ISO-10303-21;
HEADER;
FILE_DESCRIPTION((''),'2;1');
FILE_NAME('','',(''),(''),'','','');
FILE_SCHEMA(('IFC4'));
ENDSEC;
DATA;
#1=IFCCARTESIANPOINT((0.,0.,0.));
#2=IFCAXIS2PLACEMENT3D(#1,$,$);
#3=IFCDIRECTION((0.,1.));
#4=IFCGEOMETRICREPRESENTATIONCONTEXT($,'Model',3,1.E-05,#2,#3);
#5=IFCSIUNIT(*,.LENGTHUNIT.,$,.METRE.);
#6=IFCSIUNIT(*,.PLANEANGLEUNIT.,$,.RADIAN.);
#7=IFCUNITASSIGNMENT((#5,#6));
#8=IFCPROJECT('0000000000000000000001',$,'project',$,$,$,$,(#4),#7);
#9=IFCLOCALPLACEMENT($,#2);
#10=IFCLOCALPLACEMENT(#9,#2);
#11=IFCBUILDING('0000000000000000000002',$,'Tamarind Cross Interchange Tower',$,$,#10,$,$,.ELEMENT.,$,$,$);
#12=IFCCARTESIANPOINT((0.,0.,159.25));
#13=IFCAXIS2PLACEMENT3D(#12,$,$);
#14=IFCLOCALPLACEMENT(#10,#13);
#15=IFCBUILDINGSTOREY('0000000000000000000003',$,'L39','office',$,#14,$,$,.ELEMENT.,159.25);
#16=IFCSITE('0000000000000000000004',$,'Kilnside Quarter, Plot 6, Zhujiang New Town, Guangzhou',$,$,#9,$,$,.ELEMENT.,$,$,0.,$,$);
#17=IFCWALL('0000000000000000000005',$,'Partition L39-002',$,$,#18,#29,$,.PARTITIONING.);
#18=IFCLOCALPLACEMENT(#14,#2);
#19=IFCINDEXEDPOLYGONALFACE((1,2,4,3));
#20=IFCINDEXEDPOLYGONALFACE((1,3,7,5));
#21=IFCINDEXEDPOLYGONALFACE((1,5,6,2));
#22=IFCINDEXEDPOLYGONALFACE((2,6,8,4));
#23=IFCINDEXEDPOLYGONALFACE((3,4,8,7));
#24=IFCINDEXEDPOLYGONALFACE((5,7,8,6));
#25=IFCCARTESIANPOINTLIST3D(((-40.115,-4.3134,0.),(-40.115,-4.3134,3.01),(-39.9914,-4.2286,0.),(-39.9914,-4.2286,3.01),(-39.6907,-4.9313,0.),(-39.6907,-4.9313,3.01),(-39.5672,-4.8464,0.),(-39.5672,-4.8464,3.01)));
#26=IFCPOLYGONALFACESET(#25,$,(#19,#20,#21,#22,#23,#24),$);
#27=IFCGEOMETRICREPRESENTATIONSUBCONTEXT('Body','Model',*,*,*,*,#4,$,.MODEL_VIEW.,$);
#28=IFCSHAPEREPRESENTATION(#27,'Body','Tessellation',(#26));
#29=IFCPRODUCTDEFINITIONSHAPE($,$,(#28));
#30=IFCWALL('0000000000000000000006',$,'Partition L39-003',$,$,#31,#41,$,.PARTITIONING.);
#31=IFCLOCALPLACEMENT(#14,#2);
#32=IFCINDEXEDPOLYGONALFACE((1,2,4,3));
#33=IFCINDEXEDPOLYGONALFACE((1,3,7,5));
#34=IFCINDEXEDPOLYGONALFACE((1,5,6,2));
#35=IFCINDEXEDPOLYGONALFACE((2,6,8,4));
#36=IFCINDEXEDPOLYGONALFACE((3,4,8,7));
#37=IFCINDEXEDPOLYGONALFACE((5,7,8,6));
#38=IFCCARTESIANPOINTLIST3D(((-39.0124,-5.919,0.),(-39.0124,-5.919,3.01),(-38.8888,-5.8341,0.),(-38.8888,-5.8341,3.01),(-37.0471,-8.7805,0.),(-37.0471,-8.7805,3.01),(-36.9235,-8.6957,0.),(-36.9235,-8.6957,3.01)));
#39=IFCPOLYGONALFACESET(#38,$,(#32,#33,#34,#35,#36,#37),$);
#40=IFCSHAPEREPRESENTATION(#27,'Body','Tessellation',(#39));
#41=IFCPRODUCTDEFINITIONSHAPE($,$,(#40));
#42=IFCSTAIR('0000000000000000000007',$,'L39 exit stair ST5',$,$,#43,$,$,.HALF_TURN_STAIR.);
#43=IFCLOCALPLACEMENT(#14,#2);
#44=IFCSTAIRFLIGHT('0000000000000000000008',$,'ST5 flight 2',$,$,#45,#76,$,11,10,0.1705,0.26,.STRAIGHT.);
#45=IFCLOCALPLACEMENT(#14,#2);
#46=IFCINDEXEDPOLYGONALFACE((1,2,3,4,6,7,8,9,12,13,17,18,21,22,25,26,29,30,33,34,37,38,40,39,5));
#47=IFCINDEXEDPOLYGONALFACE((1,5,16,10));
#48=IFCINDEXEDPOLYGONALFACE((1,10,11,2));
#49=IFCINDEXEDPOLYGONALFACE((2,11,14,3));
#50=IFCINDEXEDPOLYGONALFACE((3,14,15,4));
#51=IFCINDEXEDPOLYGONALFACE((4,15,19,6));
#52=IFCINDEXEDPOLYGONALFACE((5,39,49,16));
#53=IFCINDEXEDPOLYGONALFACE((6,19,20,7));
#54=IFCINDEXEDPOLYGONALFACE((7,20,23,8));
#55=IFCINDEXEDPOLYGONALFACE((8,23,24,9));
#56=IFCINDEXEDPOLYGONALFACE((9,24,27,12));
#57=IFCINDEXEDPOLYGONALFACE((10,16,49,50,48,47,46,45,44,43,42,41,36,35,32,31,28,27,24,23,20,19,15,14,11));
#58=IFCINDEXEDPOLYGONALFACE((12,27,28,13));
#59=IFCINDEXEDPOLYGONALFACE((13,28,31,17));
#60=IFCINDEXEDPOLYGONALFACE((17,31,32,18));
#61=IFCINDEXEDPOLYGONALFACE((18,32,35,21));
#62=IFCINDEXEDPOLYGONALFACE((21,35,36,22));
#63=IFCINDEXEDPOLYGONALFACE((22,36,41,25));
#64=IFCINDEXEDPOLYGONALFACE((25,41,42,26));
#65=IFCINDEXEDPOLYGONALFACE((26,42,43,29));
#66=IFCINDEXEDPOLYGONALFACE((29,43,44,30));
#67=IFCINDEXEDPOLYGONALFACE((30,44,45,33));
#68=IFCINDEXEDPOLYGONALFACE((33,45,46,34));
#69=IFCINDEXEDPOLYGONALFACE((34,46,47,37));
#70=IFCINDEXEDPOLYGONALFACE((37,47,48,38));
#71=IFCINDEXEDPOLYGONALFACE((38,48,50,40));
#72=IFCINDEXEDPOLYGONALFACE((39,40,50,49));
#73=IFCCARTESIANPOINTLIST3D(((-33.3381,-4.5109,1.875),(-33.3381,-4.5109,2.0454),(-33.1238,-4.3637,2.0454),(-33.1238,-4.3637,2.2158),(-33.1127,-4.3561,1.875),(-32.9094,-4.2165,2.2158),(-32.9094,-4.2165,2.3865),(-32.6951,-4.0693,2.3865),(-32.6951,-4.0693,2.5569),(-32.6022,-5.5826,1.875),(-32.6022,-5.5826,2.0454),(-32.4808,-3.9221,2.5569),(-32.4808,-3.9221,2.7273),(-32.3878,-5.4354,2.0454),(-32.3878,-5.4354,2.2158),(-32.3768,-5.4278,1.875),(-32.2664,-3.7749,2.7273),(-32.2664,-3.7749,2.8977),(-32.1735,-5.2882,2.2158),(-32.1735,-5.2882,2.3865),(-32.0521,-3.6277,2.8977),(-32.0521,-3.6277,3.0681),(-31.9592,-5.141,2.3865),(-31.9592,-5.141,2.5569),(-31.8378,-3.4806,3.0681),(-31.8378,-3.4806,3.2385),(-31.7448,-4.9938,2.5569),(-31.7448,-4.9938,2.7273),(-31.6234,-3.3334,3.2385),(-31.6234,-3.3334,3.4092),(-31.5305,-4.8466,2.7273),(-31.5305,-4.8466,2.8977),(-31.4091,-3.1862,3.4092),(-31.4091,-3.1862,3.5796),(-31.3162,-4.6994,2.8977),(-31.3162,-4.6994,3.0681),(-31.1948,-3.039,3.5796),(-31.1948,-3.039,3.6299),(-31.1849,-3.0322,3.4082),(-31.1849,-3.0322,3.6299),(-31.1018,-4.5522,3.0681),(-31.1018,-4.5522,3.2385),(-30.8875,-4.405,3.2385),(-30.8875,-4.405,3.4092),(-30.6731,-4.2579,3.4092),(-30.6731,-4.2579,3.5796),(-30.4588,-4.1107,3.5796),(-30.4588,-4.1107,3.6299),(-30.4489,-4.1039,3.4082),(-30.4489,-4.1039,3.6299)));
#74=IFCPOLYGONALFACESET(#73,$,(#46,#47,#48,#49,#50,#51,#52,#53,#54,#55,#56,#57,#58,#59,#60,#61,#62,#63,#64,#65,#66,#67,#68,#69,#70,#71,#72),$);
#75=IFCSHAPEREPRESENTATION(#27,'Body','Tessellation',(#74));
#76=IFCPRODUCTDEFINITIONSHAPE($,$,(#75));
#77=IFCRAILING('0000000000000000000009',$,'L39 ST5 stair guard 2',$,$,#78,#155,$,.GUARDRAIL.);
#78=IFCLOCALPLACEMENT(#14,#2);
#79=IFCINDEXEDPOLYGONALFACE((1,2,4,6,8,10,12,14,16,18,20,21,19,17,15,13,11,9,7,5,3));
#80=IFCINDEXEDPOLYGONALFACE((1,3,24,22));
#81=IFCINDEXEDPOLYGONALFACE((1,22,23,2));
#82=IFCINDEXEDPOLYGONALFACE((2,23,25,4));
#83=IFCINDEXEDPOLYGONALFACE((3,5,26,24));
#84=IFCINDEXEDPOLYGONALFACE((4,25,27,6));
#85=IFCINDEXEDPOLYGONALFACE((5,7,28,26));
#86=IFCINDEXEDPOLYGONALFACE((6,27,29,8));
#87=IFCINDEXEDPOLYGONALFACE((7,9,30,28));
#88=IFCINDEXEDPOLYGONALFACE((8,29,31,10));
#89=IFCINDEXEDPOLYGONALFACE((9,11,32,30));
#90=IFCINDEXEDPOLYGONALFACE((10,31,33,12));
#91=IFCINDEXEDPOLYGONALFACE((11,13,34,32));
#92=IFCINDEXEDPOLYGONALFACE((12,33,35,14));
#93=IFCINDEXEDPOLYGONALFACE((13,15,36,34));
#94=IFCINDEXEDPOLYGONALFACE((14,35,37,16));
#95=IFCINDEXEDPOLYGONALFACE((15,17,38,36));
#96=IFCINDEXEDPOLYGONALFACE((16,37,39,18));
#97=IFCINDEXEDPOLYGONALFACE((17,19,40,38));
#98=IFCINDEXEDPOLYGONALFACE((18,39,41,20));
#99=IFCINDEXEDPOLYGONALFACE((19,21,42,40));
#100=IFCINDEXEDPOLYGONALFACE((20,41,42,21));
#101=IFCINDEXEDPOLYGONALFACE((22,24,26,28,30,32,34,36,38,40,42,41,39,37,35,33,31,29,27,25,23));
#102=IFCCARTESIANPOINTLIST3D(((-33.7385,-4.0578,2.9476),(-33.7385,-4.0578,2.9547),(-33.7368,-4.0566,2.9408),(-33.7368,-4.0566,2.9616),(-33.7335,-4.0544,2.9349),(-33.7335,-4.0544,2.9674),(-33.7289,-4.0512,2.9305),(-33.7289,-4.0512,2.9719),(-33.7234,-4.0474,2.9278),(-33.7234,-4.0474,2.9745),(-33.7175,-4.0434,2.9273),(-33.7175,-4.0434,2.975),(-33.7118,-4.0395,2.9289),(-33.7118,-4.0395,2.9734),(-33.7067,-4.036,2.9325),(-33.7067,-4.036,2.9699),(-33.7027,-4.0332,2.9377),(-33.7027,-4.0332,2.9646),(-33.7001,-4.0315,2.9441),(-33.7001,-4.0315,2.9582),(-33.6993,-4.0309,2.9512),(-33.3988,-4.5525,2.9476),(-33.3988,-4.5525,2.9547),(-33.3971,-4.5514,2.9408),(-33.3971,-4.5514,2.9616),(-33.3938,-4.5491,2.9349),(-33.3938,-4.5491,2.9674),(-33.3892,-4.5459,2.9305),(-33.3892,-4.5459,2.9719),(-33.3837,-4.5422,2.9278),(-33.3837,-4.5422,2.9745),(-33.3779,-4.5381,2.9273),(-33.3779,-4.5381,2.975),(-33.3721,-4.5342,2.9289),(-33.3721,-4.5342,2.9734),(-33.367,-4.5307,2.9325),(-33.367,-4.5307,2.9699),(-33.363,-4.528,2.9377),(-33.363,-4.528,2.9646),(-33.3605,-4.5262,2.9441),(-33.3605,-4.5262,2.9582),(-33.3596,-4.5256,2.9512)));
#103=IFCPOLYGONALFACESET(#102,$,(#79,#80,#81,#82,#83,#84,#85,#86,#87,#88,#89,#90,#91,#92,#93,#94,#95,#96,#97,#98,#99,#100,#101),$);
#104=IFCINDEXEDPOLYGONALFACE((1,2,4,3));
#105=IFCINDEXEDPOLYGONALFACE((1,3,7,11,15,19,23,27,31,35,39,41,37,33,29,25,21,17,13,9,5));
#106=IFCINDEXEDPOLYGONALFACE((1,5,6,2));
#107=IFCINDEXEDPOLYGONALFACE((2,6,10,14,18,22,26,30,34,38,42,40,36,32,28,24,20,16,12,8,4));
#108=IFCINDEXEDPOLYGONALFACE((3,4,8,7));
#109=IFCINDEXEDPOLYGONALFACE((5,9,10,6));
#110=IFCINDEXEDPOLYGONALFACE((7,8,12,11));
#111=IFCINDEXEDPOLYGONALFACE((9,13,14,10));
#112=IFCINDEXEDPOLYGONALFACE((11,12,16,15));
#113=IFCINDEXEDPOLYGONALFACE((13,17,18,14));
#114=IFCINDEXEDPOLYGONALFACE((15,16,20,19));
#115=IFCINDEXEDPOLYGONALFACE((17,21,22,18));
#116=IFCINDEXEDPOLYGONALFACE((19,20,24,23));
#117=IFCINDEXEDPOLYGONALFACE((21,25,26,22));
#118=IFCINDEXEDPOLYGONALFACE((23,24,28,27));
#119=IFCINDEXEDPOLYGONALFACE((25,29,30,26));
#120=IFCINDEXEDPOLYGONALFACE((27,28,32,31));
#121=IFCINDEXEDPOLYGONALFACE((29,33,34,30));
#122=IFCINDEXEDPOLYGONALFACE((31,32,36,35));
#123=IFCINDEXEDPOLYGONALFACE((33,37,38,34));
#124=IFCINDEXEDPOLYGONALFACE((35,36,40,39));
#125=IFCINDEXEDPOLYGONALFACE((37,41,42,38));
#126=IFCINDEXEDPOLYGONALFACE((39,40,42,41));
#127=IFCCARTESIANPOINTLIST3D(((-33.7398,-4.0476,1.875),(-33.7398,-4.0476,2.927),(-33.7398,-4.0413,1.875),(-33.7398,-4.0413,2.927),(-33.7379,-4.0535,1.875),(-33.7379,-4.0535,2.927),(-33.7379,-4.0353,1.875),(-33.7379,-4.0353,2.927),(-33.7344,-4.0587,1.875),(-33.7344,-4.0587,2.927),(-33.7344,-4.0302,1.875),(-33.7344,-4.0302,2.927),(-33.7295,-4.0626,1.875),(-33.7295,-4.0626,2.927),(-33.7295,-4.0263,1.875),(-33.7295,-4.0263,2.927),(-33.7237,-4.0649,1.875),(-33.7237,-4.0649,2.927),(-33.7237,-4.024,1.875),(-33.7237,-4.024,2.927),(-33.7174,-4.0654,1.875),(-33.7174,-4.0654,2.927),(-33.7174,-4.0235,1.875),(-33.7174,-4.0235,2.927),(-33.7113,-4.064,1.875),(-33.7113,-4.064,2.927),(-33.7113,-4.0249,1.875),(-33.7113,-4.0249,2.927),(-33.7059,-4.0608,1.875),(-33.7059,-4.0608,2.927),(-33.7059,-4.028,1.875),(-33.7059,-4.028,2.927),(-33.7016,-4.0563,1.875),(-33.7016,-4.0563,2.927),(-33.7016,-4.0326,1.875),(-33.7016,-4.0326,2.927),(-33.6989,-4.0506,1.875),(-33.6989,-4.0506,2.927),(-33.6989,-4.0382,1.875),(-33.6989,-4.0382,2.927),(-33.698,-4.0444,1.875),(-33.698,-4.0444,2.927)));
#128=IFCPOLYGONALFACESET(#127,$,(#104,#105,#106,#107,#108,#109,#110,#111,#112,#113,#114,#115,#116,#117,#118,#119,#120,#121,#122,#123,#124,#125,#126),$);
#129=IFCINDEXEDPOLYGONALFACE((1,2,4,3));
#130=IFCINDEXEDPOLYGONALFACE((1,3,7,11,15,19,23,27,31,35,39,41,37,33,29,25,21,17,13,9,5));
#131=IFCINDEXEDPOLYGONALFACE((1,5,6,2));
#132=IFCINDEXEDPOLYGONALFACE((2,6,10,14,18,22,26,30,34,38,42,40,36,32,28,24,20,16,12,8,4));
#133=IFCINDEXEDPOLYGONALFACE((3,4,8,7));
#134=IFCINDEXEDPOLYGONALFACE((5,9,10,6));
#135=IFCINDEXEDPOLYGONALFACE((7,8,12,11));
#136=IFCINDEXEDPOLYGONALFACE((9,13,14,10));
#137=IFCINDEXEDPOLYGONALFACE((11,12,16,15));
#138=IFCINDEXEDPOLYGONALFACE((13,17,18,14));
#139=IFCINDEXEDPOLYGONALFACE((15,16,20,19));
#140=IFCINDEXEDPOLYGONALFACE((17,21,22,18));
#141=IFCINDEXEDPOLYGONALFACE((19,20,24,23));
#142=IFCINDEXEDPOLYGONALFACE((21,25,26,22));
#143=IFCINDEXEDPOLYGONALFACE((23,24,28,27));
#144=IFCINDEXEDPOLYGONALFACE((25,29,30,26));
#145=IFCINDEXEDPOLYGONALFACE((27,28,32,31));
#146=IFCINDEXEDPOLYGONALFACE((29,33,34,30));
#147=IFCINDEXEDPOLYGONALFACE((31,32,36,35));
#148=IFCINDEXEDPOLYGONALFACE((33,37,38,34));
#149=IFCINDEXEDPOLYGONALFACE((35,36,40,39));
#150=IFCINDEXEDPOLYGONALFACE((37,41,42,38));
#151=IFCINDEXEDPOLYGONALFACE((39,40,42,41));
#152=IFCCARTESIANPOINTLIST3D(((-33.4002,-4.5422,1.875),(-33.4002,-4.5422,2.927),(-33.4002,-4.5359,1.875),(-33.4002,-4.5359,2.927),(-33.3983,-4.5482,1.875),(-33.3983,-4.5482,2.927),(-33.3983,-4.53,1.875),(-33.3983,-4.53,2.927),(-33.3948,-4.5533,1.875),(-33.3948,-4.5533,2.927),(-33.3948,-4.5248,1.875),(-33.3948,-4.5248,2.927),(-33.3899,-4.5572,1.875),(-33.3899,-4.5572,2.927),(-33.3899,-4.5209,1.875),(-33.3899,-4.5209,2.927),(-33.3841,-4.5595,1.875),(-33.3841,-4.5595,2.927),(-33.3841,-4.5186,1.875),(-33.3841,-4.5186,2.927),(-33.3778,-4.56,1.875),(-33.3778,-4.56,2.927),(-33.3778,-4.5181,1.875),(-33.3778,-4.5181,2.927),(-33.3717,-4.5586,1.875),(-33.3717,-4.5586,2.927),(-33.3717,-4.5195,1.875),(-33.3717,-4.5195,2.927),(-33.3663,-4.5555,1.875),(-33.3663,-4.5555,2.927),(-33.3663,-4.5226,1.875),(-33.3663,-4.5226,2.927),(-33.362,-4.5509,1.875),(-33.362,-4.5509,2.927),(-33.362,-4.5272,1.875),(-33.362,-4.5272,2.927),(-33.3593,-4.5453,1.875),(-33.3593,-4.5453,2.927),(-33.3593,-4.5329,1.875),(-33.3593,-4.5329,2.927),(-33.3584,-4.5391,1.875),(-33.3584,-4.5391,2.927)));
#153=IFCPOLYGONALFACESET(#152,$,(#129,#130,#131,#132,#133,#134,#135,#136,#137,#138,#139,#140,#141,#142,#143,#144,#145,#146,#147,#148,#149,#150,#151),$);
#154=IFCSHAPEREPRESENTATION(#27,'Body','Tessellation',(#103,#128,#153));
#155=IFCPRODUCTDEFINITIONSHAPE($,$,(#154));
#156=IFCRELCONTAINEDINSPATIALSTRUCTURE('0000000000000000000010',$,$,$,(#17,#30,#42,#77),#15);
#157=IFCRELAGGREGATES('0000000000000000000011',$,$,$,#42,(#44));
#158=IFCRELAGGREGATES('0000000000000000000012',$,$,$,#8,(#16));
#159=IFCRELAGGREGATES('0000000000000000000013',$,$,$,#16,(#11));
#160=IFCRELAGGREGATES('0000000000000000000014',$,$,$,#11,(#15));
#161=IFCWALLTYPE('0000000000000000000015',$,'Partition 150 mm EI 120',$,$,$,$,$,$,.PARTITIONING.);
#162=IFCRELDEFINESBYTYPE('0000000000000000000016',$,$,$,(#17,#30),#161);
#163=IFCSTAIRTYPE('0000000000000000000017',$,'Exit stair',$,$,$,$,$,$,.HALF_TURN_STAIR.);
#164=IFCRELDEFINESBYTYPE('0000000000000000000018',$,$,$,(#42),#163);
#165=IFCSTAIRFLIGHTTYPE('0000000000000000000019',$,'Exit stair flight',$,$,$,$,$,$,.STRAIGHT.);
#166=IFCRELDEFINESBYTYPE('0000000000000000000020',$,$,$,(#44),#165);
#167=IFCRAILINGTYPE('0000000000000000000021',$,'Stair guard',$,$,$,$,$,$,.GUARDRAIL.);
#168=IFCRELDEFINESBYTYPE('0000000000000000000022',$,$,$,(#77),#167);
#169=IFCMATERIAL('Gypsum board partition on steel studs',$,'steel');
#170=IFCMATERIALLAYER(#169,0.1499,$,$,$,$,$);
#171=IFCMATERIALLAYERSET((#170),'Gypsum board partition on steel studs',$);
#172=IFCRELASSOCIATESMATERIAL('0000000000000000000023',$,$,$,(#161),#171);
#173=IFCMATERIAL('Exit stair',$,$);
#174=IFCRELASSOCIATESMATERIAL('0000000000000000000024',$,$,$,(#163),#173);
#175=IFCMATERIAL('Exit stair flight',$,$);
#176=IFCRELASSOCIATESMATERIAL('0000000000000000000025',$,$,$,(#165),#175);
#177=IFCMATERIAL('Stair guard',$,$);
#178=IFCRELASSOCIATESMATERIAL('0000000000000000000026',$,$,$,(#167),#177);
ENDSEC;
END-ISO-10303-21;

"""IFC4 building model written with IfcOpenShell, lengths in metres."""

from ifc_helpers import new_model, si_unit, direction, frame, frame_2d, origin, origin_2d, place, context, subcontext, project, spatial, polyline, rectangle, circle, outline, extrude, material, layer, layer_set, type_object, element, aggregate, save


model = new_model("IFC4")

# Units and contexts
model_context = context("Model", 3, precision=1e-05, world=origin(), true_north=direction((0.0, 1.0)))
body_context = subcontext(model_context, "Body", "Model", "MODEL_VIEW")
ifc_project = project(units=[si_unit("LENGTHUNIT", "METRE"), si_unit("PLANEANGLEUNIT", "RADIAN")], contexts=[model_context])

# Site, building, storey
site_placement = place(None, origin())
site = spatial("IfcSite", under=ifc_project, at=site_placement, Name="Kilnside Quarter, Plot 6, Zhujiang New Town, Guangzhou", CompositionType="ELEMENT", RefElevation=0.0)
building_placement = place(site_placement, origin())
building = spatial("IfcBuilding", under=site, at=building_placement, Name="Tamarind Cross Interchange Tower", CompositionType="ELEMENT")
storey_placement = place(building_placement, frame((0.0, 0.0, 159.25)))
storey = spatial("IfcBuildingStorey", under=building, at=storey_placement, Name="L39", Description="office", CompositionType="ELEMENT", Elevation=159.25)

# Shared definitions
ifc_material_1 = material(Name="Gypsum board partition on steel studs", Category="steel")
ifc_layer_1 = layer(ifc_material_1, 0.1499)
ifc_layer_set_1 = layer_set([ifc_layer_1], Name="Gypsum board partition on steel studs")
wall_type = type_object("IfcWallType", Name="Partition 150 mm EI 120", PredefinedType="PARTITIONING", material=ifc_layer_set_1)

# Walls
wall_1_placement = place(storey_placement, frame((-40.0532, -4.271, 0.0), z_axis=(0.0, 0.0, 1.0), x_axis=(0.566073, -0.824355, 0.0)))
element("IfcWall", 1, at=wall_1_placement, inside=storey, type_object=wall_type, Name="Partition L39-002", PredefinedType="PARTITIONING", context=body_context, shape_type="SweptSolid", body=[
    extrude(rectangle(XDim=0.7495, YDim=0.1499, at=frame_2d((0.3748, 0.0))), origin(), (0.0, 0.0, 1.0), 3.01),
])
wall_2_placement = place(storey_placement, frame((-38.9507, -5.8765, 0.0), z_axis=(0.0, 0.0, 1.0), x_axis=(0.566138, -0.824311, 0.0)))
element("IfcWall", 2, at=wall_2_placement, inside=storey, type_object=wall_type, Name="Partition L39-003", PredefinedType="PARTITIONING", context=body_context, shape_type="SweptSolid", body=[
    extrude(rectangle(XDim=3.4714, YDim=0.1499, at=frame_2d((1.7358, 0.0))), origin(), (0.0, 0.0, 1.0), 3.01),
])

# Stair, stair flight
ifc_material_2 = material(Name="Exit stair")
stair_type = type_object("IfcStairType", Name="Exit stair", PredefinedType="HALF_TURN_STAIR", material=ifc_material_2)
stair_placement = place(storey_placement, origin())
stair = element("IfcStair", 3, at=stair_placement, inside=storey, type_object=stair_type, Name="L39 exit stair ST5", PredefinedType="HALF_TURN_STAIR")
ifc_material_3 = material(Name="Exit stair flight")
stair_flight_type = type_object("IfcStairFlightType", Name="Exit stair flight", PredefinedType="STRAIGHT", material=ifc_material_3)
stair_flight_placement = place(storey_placement, frame((-32.9702, -5.0466, 1.875), z_axis=(0.0, 0.0, 1.0), x_axis=(0.82434, 0.566096, 0.0)))
stair_flight = element("IfcStairFlight", 4, at=stair_flight_placement, type_object=stair_flight_type, Name="ST5 flight 2", NumberOfRisers=11, NumberOfTreads=10, PredefinedType="STRAIGHT", RiserHeight=0.1705, TreadLength=0.26, context=body_context, shape_type="SweptSolid", body=[
    extrude(outline(polyline([(0.0, 0.0), (0.0, 0.1704), (0.26, 0.1704), (0.26, 0.3408), (0.52, 0.3408), (0.52, 0.5115), (0.78, 0.5115), (0.78, 0.6819), (1.04, 0.6819), (1.04, 0.8523), (1.3, 0.8523), (1.3, 1.0227), (1.5601, 1.0227), (1.5601, 1.1931), (1.8201, 1.1931), (1.8201, 1.3635), (2.0801, 1.3635), (2.0801, 1.5342), (2.3401, 1.5342), (2.3401, 1.7046), (2.6001, 1.7046), (2.6001, 1.7549), (2.6121, 1.7549), (2.6121, 1.5332), (0.2734, 0.0), (0.0, 0.0)])), frame((0.0, 0.6499, 0.0), z_axis=(0.0, -1.0, 0.0), x_axis=(1.0, 0.0, 0.0)), (0.0, 0.0, 1.0), 1.3),
])
aggregate(stair, [stair_flight])

# Railing
ifc_material_4 = material(Name="Stair guard")
railing_type_1 = type_object("IfcRailingType", Name="Stair guard", PredefinedType="GUARDRAIL", material=ifc_material_4)
railing_1_placement = place(storey_placement, frame((-33.719, -4.0444, 1.875)))
element("IfcRailing", 5, at=railing_1_placement, inside=storey, type_object=railing_type_1, Name="L39 ST5 stair guard 2", PredefinedType="GUARDRAIL", context=body_context, shape_type="SweptSolid", body=[
    extrude(circle(Radius=0.0239, at=origin_2d()), frame((0.0, 0.0, 1.0762), z_axis=(0.566011, -0.824398, 0.0), x_axis=(0.824398, 0.566011, 0.0)), (0.0, 0.0, 1.0), 0.6001),
    extrude(circle(Radius=0.021, at=origin_2d()), origin(), (0.0, 0.0, 1.0), 1.052),
    extrude(circle(Radius=0.021, at=origin_2d()), frame((0.3396, -0.4946, 0.0)), (0.0, 0.0, 1.0), 1.052),
])

save(model, "model.ifc")
